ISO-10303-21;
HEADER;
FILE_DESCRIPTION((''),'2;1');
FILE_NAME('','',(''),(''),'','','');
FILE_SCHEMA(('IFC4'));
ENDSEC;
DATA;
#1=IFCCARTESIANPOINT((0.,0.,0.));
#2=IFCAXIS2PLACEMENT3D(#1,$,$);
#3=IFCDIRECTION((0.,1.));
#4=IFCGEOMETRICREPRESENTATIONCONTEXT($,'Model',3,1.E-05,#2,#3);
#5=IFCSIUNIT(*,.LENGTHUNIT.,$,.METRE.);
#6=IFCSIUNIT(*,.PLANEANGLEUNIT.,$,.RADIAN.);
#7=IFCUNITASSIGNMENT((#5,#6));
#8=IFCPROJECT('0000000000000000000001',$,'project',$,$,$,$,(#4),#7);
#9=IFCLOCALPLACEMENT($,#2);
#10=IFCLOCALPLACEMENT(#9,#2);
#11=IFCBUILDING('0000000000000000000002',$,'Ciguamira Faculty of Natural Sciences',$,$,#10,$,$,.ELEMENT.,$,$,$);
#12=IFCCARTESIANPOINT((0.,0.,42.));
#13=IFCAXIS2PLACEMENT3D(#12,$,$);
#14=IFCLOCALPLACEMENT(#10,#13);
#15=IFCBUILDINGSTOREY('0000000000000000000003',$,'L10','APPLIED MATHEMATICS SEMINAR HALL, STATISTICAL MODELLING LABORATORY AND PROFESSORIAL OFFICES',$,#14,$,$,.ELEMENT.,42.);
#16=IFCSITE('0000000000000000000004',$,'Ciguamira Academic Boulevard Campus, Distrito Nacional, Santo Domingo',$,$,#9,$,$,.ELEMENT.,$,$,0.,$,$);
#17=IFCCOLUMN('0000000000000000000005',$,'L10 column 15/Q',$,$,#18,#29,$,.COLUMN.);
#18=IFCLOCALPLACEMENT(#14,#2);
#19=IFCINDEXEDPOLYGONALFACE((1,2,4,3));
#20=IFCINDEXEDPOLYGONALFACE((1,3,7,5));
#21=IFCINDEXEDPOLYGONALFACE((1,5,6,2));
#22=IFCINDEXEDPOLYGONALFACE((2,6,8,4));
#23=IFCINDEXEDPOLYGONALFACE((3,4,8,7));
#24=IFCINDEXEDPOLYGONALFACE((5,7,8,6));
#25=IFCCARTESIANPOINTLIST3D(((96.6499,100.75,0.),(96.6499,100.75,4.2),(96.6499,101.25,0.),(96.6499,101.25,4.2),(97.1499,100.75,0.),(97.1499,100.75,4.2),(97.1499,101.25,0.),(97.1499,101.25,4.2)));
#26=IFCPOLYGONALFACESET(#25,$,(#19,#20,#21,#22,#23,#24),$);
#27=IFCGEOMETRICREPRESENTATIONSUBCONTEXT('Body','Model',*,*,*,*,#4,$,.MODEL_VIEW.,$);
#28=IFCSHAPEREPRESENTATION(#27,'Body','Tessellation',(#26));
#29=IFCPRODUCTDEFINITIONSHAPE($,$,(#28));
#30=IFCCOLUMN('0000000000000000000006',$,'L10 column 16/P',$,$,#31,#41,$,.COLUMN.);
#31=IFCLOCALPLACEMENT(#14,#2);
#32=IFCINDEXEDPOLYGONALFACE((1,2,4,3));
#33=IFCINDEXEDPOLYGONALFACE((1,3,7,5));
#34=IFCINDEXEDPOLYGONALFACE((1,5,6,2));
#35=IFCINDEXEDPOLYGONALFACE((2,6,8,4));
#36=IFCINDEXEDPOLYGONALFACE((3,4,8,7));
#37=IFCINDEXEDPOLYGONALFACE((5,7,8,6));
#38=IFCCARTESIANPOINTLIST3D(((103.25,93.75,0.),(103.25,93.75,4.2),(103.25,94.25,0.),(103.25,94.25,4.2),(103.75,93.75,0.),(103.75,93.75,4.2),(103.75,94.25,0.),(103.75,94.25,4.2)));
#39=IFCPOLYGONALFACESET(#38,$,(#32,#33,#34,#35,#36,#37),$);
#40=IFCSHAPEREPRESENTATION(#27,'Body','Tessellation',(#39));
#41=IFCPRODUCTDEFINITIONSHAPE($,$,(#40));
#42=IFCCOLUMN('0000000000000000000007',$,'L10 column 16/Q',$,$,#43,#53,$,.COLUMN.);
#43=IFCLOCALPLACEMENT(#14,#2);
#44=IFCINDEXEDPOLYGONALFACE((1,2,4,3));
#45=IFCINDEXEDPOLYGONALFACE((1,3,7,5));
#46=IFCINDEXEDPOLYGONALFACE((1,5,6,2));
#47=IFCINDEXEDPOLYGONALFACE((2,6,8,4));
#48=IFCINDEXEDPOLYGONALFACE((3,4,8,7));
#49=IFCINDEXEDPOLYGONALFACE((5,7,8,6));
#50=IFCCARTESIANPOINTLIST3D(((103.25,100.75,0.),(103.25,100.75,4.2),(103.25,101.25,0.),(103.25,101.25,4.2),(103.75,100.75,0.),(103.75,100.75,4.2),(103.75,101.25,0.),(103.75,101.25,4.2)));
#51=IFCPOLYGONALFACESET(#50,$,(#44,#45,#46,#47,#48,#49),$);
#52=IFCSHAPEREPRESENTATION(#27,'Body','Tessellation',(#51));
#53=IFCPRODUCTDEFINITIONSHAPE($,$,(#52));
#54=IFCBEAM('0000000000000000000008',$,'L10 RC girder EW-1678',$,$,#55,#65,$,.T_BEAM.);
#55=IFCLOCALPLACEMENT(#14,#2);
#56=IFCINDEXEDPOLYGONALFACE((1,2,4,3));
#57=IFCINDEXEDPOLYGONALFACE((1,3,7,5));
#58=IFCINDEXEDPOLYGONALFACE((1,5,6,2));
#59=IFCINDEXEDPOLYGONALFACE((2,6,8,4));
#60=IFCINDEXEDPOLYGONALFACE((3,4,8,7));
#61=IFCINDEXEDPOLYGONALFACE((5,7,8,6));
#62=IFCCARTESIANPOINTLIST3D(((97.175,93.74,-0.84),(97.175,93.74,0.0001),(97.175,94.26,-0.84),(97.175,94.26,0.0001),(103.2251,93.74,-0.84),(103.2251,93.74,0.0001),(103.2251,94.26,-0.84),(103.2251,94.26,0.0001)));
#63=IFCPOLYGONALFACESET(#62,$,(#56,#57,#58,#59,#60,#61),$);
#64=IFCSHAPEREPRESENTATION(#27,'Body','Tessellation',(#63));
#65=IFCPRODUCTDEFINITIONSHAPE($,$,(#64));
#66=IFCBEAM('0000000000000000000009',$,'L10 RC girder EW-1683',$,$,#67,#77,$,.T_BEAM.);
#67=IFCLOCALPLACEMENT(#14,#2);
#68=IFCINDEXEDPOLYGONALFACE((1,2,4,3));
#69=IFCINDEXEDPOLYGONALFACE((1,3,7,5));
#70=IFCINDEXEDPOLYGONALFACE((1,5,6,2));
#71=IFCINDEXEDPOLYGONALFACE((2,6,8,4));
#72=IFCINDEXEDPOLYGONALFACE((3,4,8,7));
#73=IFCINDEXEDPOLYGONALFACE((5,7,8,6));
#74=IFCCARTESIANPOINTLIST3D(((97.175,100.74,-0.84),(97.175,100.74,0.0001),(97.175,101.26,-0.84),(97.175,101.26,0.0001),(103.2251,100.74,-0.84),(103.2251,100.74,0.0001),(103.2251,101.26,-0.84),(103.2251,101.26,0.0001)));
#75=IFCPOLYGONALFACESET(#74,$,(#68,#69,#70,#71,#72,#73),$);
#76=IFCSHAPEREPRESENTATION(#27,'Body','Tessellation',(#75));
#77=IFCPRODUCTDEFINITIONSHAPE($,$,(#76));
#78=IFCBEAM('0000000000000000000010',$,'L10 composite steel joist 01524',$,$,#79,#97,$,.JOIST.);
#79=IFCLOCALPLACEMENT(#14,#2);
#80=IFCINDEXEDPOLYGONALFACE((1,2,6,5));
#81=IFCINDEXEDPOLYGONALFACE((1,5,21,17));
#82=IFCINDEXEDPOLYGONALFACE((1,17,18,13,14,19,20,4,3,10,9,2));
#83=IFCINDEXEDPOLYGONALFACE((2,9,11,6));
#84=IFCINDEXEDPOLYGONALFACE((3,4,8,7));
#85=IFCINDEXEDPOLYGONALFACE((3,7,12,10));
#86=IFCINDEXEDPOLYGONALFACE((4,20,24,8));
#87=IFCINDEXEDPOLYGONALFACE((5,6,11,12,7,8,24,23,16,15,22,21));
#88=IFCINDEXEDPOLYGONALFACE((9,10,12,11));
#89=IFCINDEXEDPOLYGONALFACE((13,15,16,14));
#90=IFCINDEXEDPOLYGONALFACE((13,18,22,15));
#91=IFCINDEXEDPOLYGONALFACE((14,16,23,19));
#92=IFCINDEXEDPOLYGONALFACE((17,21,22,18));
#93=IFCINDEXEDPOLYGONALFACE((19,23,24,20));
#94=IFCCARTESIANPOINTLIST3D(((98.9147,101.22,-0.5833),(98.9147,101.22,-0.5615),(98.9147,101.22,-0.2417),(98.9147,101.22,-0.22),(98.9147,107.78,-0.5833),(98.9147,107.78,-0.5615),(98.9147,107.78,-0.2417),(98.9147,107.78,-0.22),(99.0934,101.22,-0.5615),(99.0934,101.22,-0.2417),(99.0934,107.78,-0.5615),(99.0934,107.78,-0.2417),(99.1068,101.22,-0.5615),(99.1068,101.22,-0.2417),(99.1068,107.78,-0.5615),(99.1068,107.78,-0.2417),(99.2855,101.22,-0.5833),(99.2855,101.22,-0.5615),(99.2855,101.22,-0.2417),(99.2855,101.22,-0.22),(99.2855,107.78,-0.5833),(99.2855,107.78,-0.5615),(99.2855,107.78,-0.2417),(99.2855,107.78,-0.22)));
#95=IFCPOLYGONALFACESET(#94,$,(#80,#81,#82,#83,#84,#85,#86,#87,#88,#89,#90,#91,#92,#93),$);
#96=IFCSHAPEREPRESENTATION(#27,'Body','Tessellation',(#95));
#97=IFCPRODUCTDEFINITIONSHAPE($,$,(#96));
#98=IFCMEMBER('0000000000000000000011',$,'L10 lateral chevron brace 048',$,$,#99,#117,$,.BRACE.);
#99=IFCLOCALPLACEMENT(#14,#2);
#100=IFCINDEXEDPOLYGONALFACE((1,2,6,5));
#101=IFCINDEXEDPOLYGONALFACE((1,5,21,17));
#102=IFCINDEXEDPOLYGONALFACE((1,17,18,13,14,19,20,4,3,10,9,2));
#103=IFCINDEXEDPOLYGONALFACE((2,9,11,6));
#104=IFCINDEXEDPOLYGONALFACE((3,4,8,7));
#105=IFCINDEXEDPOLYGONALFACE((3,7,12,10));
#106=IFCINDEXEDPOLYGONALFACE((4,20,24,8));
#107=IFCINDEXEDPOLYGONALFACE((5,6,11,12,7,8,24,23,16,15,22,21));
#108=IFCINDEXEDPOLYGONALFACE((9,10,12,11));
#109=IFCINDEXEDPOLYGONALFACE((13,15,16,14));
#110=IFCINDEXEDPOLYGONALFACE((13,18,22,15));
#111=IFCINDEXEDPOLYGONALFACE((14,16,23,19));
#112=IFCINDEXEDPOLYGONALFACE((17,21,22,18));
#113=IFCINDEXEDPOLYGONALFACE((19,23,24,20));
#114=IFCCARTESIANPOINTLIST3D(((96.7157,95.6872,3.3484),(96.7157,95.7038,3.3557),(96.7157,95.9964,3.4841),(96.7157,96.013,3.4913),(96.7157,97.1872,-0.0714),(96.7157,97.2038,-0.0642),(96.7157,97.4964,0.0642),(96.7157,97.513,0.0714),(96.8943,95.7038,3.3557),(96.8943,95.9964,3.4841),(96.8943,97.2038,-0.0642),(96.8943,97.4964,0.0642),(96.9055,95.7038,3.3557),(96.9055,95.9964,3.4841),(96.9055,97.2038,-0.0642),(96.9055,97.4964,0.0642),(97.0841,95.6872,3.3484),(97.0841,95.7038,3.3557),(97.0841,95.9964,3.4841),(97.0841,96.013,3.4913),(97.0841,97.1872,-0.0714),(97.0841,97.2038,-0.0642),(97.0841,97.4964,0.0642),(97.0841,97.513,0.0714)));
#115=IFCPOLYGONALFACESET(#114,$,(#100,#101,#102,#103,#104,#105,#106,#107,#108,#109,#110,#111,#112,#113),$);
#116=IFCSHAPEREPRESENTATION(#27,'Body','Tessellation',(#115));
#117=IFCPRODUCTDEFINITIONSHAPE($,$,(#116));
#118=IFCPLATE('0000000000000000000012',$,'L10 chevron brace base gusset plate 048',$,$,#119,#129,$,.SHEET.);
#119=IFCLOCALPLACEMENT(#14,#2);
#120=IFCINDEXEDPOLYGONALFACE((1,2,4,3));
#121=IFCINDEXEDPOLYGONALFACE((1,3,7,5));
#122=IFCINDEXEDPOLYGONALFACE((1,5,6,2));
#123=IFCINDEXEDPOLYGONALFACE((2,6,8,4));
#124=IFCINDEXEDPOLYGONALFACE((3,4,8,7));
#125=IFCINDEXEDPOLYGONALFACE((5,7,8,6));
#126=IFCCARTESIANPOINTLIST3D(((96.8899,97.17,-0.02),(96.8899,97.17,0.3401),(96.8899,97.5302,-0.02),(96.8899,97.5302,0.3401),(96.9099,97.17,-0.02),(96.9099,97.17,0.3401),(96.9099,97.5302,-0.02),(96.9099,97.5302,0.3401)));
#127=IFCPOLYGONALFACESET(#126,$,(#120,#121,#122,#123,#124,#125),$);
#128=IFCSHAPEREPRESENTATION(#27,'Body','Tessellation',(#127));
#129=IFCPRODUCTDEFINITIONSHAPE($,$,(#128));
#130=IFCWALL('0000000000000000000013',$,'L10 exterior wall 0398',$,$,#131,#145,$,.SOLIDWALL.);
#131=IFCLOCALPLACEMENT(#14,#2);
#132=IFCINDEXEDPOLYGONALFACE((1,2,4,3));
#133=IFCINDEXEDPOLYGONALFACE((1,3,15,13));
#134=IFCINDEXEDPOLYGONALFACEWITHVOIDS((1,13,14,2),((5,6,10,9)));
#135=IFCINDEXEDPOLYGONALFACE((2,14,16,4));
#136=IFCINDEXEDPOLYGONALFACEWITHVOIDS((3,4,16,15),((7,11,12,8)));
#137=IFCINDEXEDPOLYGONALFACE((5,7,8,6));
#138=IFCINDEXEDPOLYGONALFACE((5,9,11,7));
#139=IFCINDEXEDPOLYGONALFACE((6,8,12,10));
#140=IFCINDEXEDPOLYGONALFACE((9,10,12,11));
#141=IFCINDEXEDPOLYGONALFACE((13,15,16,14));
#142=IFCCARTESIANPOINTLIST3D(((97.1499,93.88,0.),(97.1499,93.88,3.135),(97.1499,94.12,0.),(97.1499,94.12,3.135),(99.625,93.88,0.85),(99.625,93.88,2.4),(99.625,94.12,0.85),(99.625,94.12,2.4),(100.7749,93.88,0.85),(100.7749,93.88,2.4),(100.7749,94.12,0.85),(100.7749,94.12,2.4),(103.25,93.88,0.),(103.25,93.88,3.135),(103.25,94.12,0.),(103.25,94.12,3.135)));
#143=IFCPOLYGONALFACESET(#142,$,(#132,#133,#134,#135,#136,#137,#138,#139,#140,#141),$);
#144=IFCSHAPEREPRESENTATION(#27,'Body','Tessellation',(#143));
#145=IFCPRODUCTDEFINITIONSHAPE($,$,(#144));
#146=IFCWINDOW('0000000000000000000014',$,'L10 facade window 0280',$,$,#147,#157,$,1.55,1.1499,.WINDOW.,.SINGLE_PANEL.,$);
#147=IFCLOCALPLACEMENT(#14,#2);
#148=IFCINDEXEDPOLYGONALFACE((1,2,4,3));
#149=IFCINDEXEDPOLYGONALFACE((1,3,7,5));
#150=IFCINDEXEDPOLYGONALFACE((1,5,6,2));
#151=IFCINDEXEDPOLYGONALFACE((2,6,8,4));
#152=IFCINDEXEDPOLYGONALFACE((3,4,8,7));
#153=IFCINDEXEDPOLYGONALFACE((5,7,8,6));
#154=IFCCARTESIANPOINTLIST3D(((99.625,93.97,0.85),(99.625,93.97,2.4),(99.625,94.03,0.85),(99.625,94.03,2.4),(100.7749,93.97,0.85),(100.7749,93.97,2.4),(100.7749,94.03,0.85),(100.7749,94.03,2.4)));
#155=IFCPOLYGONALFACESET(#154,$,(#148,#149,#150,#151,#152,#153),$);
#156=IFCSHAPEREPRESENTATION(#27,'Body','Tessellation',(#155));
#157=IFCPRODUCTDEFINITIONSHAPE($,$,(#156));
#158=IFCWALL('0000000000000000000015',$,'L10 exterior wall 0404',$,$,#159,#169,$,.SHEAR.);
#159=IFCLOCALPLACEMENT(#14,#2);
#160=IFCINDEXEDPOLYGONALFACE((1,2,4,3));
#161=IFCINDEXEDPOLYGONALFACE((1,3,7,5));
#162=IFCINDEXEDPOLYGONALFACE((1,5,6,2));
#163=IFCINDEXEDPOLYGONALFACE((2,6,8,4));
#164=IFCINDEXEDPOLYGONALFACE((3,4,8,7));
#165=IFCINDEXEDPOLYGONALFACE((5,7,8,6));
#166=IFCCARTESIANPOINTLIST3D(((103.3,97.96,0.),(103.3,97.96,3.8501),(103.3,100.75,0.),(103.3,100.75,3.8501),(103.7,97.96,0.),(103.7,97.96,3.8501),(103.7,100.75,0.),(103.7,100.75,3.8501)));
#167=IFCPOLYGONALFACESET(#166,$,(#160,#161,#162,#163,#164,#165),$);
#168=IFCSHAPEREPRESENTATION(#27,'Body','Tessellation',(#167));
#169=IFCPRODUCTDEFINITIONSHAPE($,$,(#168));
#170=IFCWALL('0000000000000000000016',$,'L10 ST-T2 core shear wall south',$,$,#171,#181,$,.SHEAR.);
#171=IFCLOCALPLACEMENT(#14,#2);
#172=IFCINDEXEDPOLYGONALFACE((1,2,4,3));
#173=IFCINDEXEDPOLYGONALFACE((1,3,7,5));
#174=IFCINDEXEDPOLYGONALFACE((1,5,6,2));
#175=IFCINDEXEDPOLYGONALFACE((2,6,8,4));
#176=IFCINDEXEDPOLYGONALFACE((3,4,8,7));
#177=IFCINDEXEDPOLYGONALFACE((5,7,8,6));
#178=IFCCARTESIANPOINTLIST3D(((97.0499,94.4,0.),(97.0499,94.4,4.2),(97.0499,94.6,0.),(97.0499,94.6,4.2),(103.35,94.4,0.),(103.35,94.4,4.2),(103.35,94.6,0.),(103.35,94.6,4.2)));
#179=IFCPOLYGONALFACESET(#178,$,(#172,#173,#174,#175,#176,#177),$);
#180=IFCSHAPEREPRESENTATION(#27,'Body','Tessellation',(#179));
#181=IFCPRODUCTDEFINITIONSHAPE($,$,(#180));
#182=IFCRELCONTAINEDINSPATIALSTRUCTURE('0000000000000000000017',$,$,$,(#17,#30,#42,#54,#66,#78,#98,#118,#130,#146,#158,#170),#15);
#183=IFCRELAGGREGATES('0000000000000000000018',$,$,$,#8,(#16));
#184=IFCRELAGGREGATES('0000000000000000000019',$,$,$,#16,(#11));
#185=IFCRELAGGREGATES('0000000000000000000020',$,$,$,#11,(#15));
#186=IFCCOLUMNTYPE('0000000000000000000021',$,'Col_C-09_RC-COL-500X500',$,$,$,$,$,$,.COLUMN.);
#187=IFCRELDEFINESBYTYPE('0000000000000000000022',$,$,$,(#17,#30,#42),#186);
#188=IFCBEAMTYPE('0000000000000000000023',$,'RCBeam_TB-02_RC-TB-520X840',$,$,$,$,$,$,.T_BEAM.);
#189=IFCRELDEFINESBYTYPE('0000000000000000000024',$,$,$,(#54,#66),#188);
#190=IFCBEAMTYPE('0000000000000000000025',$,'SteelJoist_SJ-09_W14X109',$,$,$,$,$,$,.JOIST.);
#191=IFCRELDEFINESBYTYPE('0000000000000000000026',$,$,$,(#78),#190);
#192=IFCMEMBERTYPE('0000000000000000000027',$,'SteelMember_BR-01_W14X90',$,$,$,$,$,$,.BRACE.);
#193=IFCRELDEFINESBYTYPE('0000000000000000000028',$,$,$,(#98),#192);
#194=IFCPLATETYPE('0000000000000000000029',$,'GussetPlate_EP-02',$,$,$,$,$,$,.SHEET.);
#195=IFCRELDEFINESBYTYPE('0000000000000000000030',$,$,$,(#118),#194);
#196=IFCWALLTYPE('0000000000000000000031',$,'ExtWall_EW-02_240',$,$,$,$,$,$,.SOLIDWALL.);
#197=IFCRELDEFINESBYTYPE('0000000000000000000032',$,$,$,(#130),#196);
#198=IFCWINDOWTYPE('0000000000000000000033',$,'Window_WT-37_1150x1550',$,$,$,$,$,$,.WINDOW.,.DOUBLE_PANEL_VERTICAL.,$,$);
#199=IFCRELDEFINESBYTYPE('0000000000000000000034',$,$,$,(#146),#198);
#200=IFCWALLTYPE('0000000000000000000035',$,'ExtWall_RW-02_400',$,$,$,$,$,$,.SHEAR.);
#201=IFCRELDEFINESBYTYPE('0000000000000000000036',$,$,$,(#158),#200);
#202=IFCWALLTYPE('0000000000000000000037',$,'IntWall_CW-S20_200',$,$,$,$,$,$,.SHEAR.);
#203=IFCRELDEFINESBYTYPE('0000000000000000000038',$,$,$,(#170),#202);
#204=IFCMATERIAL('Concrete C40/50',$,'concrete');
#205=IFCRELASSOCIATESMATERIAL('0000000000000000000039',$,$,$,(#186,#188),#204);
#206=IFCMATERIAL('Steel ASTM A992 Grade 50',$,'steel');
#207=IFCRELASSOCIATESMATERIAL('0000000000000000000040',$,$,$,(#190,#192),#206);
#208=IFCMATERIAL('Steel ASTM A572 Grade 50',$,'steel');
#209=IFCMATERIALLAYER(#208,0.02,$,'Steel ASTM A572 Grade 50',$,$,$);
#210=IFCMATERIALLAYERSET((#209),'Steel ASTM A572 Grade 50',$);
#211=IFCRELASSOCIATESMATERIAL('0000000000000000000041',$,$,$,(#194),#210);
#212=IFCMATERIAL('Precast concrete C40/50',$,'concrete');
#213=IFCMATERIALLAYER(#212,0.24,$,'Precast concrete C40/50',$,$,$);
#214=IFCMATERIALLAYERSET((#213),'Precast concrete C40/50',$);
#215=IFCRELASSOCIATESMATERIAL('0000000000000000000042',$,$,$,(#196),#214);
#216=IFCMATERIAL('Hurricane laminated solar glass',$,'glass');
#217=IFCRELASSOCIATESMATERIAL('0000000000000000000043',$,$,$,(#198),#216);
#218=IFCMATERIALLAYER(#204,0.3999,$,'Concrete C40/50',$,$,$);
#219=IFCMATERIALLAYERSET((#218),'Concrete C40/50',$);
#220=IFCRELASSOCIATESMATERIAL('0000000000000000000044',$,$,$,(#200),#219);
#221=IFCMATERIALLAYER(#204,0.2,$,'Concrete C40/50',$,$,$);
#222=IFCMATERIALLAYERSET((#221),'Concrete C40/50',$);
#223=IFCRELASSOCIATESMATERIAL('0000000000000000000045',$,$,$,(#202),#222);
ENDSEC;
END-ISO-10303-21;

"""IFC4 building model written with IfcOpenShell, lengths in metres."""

from ifc_helpers import new_model, si_unit, direction, frame, frame_2d, origin, origin_2d, place, context, subcontext, project, spatial, rectangle, i_section, extrude, material, layer, layer_set, material_profile, profile_set, type_object, element, fill, save


model = new_model("IFC4")

# Units and contexts
model_context = context("Model", 3, precision=1e-05, world=origin(), true_north=direction((0.0, 1.0)))
body_context = subcontext(model_context, "Body", "Model", "MODEL_VIEW")
ifc_project = project(units=[si_unit("LENGTHUNIT", "METRE"), si_unit("PLANEANGLEUNIT", "RADIAN")], contexts=[model_context])

# Site, building, storey
site_placement = place(None, origin())
site = spatial("IfcSite", under=ifc_project, at=site_placement, Name="Ciguamira Academic Boulevard Campus, Distrito Nacional, Santo Domingo", CompositionType="ELEMENT", RefElevation=0.0)
building_placement = place(site_placement, origin())
building = spatial("IfcBuilding", under=site, at=building_placement, Name="Ciguamira Faculty of Natural Sciences", CompositionType="ELEMENT")
storey_placement = place(building_placement, frame((0.0, 0.0, 42.0)))
storey = spatial("IfcBuildingStorey", under=building, at=storey_placement, Name="L10", Description="APPLIED MATHEMATICS SEMINAR HALL, STATISTICAL MODELLING LABORATORY AND PROFESSORIAL OFFICES", CompositionType="ELEMENT", Elevation=42.0)

# Columns
ifc_material_1 = material(Name="Concrete C40/50", Category="concrete")
ifc_material_profile_1 = material_profile(ifc_material_1, rectangle(XDim=0.5, YDim=0.5, at=origin_2d()), Name="RC-COL-500X500")
ifc_profile_set_1 = profile_set([ifc_material_profile_1], Name="Concrete C40/50")
column_type = type_object("IfcColumnType", Name="Col_C-09_RC-COL-500X500", PredefinedType="COLUMN", material=ifc_profile_set_1)
for number, where, z_axis, x_axis, name in (
    (1, (96.8999, 101.0, 0.0), (0.0, 0.0, 1.0), (1.0, 0.0, 0.0), "L10 column 15/Q"),
    (2, (103.5, 94.0, 0.0), (0.0, 0.0, 1.0), (1.0, 0.0, 0.0), "L10 column 16/P"),
    (3, (103.5, 101.0, 0.0), (0.0, 0.0, 1.0), (1.0, 0.0, 0.0), "L10 column 16/Q"),
):
    element("IfcColumn", number, at=place(storey_placement, frame(where, z_axis=z_axis, x_axis=x_axis)), inside=storey, type_object=column_type, Name=name, PredefinedType="COLUMN", context=body_context, shape_type="SweptSolid", body=[
        extrude(rectangle(XDim=0.5, YDim=0.5, at=origin_2d()), origin(), (0.0, 0.0, 1.0), 4.2),
    ])

# Beams
ifc_material_profile_2 = material_profile(ifc_material_1, rectangle(XDim=0.52, YDim=0.8401, at=origin_2d()), Name="RC-TB-520X840")
ifc_profile_set_2 = profile_set([ifc_material_profile_2], Name="Concrete C40/50")
beam_type_1 = type_object("IfcBeamType", Name="RCBeam_TB-02_RC-TB-520X840", PredefinedType="T_BEAM", material=ifc_profile_set_2)
for number, where, z_axis, x_axis, name in (
    (4, (97.175, 94.0, -0.4199), (1.0, 0.0, 0.0), (0.0, 1.0, 0.0), "L10 RC girder EW-1678"),
    (5, (97.175, 101.0, -0.4199), (1.0, 0.0, 0.0), (0.0, 1.0, 0.0), "L10 RC girder EW-1683"),
):
    element("IfcBeam", number, at=place(storey_placement, frame(where, z_axis=z_axis, x_axis=x_axis)), inside=storey, type_object=beam_type_1, Name=name, PredefinedType="T_BEAM", context=body_context, shape_type="SweptSolid", body=[
        extrude(rectangle(XDim=0.52, YDim=0.8401, at=origin_2d()), origin(), (0.0, 0.0, 1.0), 6.05),
    ])
ifc_material_2 = material(Name="Steel ASTM A992 Grade 50", Category="steel")
ifc_material_profile_3 = material_profile(ifc_material_2, i_section(OverallWidth=0.3708, OverallDepth=0.3633, WebThickness=0.0134, FlangeThickness=0.0217, at=origin_2d()), Name="W14X109")
ifc_profile_set_3 = profile_set([ifc_material_profile_3], Name="Steel ASTM A992 Grade 50")
beam_type_2 = type_object("IfcBeamType", Name="SteelJoist_SJ-09_W14X109", PredefinedType="JOIST", material=ifc_profile_set_3)
beam_placement = place(storey_placement, frame((99.1001, 101.22, -0.4016), z_axis=(0.0, 1.0, 0.0), x_axis=(-1.0, 0.0, 0.0)))
element("IfcBeam", 6, at=beam_placement, inside=storey, type_object=beam_type_2, Name="L10 composite steel joist 01524", PredefinedType="JOIST", context=body_context, shape_type="SweptSolid", body=[
    extrude(i_section(OverallWidth=0.3708, OverallDepth=0.3633, WebThickness=0.0134, FlangeThickness=0.0217, at=origin_2d()), origin(), (0.0, 0.0, 1.0), 6.5601),
])

# Member
ifc_material_profile_4 = material_profile(ifc_material_2, i_section(OverallWidth=0.3684, OverallDepth=0.3557, WebThickness=0.0112, FlangeThickness=0.0181, at=origin_2d()), Name="W14X90")
ifc_profile_set_4 = profile_set([ifc_material_profile_4], Name="Steel ASTM A992 Grade 50")
member_type = type_object("IfcMemberType", Name="SteelMember_BR-01_W14X90", PredefinedType="BRACE", material=ifc_profile_set_4)
member_placement = place(storey_placement, frame((96.8999, 97.3501, 0.0), z_axis=(0.0, -0.401669, 0.915785), x_axis=(1.0, 0.0, 0.0)))
element("IfcMember", 7, at=member_placement, inside=storey, type_object=member_type, Name="L10 lateral chevron brace 048", PredefinedType="BRACE", context=body_context, shape_type="SweptSolid", body=[
    extrude(i_section(OverallWidth=0.3684, OverallDepth=0.3557, WebThickness=0.0112, FlangeThickness=0.0181, at=origin_2d()), origin(), (0.0, 0.0, 1.0), 3.7344),
])

# Plate
ifc_material_3 = material(Name="Steel ASTM A572 Grade 50", Category="steel")
ifc_layer_1 = layer(ifc_material_3, 0.02, Name="Steel ASTM A572 Grade 50")
ifc_layer_set_1 = layer_set([ifc_layer_1], Name="Steel ASTM A572 Grade 50")
plate_type = type_object("IfcPlateType", Name="GussetPlate_EP-02", PredefinedType="SHEET", material=ifc_layer_set_1)
plate_placement = place(storey_placement, frame((96.8999, 97.3501, -0.02), z_axis=(0.0, 0.0, 1.0), x_axis=(1.0, 0.0, 0.0)))
element("IfcPlate", 8, at=plate_placement, inside=storey, type_object=plate_type, Name="L10 chevron brace base gusset plate 048", PredefinedType="SHEET", context=body_context, shape_type="SweptSolid", body=[
    extrude(rectangle(XDim=0.02, YDim=0.3601, at=origin_2d()), origin(), (0.0, 0.0, 1.0), 0.3601),
])

# Wall, opening, window
ifc_material_4 = material(Name="Precast concrete C40/50", Category="concrete")
ifc_layer_2 = layer(ifc_material_4, 0.24, Name="Precast concrete C40/50")
ifc_layer_set_2 = layer_set([ifc_layer_2], Name="Precast concrete C40/50")
wall_type_1 = type_object("IfcWallType", Name="ExtWall_EW-02_240", PredefinedType="SOLIDWALL", material=ifc_layer_set_2)
wall_1_placement = place(storey_placement, frame((97.1499, 94.0, 0.0), z_axis=(0.0, 0.0, 1.0), x_axis=(1.0, 0.0, 0.0)))
wall_1 = element("IfcWall", 9, at=wall_1_placement, inside=storey, type_object=wall_type_1, Name="L10 exterior wall 0398", PredefinedType="SOLIDWALL", context=body_context, shape_type="SweptSolid", body=[
    extrude(rectangle(XDim=6.1001, YDim=0.24, at=frame_2d((3.05, 0.0))), origin(), (0.0, 0.0, 1.0), 3.135),
])
opening_1_placement = place(wall_1_placement, frame((2.4751, 0.0, 0.8501)))
opening_1 = element("IfcOpeningElement", 10, at=opening_1_placement, cuts=wall_1, PredefinedType="OPENING", context=body_context, shape_type="SweptSolid", body=[
    extrude(rectangle(XDim=1.1499, YDim=1.55, at=frame_2d((0.575, 0.7749))), frame((0.0, 0.1299, 0.0), z_axis=(0.0, -1.0, 0.0), x_axis=(1.0, 0.0, 0.0)), (0.0, 0.0, 1.0), 0.26),
])
ifc_material_5 = material(Name="Hurricane laminated solar glass", Category="glass")
window_type = type_object("IfcWindowType", Name="Window_WT-37_1150x1550", PartitioningType="DOUBLE_PANEL_VERTICAL", PredefinedType="WINDOW", material=ifc_material_5)
window_placement = place(opening_1_placement, origin())
window = element("IfcWindow", 11, at=window_placement, inside=storey, type_object=window_type, Name="L10 facade window 0280", OverallHeight=1.55, OverallWidth=1.1499, PartitioningType="SINGLE_PANEL", PredefinedType="WINDOW", context=body_context, shape_type="SweptSolid", body=[
    extrude(rectangle(XDim=1.1499, YDim=1.55, at=frame_2d((0.575, 0.7749))), frame((0.0, 0.03, 0.0), z_axis=(0.0, -1.0, 0.0), x_axis=(1.0, 0.0, 0.0)), (0.0, 0.0, 1.0), 0.0601),
])
fill(opening_1, window)

# Walls
ifc_layer_3 = layer(ifc_material_1, 0.3999, Name="Concrete C40/50")
ifc_layer_set_3 = layer_set([ifc_layer_3], Name="Concrete C40/50")
wall_type_2 = type_object("IfcWallType", Name="ExtWall_RW-02_400", PredefinedType="SHEAR", material=ifc_layer_set_3)
wall_2_placement = place(storey_placement, frame((103.5, 97.96, 0.0), z_axis=(0.0, 0.0, 1.0), x_axis=(0.0, 1.0, 0.0)))
element("IfcWall", 12, at=wall_2_placement, inside=storey, type_object=wall_type_2, Name="L10 exterior wall 0404", PredefinedType="SHEAR", context=body_context, shape_type="SweptSolid", body=[
    extrude(rectangle(XDim=2.79, YDim=0.3999, at=frame_2d((1.395, 0.0))), origin(), (0.0, 0.0, 1.0), 3.8501),
])
ifc_layer_4 = layer(ifc_material_1, 0.2, Name="Concrete C40/50")
ifc_layer_set_4 = layer_set([ifc_layer_4], Name="Concrete C40/50")
wall_type_3 = type_object("IfcWallType", Name="IntWall_CW-S20_200", PredefinedType="SHEAR", material=ifc_layer_set_4)
wall_3_placement = place(storey_placement, frame((97.05, 94.5, 0.0), z_axis=(0.0, 0.0, 1.0), x_axis=(1.0, 0.0, 0.0)))
element("IfcWall", 13, at=wall_3_placement, inside=storey, type_object=wall_type_3, Name="L10 ST-T2 core shear wall south", PredefinedType="SHEAR", context=body_context, shape_type="SweptSolid", body=[
    extrude(rectangle(XDim=6.3, YDim=0.2, at=frame_2d((3.1499, 0.0))), origin(), (0.0, 0.0, 1.0), 4.2),
])

save(model, "model.ifc")
